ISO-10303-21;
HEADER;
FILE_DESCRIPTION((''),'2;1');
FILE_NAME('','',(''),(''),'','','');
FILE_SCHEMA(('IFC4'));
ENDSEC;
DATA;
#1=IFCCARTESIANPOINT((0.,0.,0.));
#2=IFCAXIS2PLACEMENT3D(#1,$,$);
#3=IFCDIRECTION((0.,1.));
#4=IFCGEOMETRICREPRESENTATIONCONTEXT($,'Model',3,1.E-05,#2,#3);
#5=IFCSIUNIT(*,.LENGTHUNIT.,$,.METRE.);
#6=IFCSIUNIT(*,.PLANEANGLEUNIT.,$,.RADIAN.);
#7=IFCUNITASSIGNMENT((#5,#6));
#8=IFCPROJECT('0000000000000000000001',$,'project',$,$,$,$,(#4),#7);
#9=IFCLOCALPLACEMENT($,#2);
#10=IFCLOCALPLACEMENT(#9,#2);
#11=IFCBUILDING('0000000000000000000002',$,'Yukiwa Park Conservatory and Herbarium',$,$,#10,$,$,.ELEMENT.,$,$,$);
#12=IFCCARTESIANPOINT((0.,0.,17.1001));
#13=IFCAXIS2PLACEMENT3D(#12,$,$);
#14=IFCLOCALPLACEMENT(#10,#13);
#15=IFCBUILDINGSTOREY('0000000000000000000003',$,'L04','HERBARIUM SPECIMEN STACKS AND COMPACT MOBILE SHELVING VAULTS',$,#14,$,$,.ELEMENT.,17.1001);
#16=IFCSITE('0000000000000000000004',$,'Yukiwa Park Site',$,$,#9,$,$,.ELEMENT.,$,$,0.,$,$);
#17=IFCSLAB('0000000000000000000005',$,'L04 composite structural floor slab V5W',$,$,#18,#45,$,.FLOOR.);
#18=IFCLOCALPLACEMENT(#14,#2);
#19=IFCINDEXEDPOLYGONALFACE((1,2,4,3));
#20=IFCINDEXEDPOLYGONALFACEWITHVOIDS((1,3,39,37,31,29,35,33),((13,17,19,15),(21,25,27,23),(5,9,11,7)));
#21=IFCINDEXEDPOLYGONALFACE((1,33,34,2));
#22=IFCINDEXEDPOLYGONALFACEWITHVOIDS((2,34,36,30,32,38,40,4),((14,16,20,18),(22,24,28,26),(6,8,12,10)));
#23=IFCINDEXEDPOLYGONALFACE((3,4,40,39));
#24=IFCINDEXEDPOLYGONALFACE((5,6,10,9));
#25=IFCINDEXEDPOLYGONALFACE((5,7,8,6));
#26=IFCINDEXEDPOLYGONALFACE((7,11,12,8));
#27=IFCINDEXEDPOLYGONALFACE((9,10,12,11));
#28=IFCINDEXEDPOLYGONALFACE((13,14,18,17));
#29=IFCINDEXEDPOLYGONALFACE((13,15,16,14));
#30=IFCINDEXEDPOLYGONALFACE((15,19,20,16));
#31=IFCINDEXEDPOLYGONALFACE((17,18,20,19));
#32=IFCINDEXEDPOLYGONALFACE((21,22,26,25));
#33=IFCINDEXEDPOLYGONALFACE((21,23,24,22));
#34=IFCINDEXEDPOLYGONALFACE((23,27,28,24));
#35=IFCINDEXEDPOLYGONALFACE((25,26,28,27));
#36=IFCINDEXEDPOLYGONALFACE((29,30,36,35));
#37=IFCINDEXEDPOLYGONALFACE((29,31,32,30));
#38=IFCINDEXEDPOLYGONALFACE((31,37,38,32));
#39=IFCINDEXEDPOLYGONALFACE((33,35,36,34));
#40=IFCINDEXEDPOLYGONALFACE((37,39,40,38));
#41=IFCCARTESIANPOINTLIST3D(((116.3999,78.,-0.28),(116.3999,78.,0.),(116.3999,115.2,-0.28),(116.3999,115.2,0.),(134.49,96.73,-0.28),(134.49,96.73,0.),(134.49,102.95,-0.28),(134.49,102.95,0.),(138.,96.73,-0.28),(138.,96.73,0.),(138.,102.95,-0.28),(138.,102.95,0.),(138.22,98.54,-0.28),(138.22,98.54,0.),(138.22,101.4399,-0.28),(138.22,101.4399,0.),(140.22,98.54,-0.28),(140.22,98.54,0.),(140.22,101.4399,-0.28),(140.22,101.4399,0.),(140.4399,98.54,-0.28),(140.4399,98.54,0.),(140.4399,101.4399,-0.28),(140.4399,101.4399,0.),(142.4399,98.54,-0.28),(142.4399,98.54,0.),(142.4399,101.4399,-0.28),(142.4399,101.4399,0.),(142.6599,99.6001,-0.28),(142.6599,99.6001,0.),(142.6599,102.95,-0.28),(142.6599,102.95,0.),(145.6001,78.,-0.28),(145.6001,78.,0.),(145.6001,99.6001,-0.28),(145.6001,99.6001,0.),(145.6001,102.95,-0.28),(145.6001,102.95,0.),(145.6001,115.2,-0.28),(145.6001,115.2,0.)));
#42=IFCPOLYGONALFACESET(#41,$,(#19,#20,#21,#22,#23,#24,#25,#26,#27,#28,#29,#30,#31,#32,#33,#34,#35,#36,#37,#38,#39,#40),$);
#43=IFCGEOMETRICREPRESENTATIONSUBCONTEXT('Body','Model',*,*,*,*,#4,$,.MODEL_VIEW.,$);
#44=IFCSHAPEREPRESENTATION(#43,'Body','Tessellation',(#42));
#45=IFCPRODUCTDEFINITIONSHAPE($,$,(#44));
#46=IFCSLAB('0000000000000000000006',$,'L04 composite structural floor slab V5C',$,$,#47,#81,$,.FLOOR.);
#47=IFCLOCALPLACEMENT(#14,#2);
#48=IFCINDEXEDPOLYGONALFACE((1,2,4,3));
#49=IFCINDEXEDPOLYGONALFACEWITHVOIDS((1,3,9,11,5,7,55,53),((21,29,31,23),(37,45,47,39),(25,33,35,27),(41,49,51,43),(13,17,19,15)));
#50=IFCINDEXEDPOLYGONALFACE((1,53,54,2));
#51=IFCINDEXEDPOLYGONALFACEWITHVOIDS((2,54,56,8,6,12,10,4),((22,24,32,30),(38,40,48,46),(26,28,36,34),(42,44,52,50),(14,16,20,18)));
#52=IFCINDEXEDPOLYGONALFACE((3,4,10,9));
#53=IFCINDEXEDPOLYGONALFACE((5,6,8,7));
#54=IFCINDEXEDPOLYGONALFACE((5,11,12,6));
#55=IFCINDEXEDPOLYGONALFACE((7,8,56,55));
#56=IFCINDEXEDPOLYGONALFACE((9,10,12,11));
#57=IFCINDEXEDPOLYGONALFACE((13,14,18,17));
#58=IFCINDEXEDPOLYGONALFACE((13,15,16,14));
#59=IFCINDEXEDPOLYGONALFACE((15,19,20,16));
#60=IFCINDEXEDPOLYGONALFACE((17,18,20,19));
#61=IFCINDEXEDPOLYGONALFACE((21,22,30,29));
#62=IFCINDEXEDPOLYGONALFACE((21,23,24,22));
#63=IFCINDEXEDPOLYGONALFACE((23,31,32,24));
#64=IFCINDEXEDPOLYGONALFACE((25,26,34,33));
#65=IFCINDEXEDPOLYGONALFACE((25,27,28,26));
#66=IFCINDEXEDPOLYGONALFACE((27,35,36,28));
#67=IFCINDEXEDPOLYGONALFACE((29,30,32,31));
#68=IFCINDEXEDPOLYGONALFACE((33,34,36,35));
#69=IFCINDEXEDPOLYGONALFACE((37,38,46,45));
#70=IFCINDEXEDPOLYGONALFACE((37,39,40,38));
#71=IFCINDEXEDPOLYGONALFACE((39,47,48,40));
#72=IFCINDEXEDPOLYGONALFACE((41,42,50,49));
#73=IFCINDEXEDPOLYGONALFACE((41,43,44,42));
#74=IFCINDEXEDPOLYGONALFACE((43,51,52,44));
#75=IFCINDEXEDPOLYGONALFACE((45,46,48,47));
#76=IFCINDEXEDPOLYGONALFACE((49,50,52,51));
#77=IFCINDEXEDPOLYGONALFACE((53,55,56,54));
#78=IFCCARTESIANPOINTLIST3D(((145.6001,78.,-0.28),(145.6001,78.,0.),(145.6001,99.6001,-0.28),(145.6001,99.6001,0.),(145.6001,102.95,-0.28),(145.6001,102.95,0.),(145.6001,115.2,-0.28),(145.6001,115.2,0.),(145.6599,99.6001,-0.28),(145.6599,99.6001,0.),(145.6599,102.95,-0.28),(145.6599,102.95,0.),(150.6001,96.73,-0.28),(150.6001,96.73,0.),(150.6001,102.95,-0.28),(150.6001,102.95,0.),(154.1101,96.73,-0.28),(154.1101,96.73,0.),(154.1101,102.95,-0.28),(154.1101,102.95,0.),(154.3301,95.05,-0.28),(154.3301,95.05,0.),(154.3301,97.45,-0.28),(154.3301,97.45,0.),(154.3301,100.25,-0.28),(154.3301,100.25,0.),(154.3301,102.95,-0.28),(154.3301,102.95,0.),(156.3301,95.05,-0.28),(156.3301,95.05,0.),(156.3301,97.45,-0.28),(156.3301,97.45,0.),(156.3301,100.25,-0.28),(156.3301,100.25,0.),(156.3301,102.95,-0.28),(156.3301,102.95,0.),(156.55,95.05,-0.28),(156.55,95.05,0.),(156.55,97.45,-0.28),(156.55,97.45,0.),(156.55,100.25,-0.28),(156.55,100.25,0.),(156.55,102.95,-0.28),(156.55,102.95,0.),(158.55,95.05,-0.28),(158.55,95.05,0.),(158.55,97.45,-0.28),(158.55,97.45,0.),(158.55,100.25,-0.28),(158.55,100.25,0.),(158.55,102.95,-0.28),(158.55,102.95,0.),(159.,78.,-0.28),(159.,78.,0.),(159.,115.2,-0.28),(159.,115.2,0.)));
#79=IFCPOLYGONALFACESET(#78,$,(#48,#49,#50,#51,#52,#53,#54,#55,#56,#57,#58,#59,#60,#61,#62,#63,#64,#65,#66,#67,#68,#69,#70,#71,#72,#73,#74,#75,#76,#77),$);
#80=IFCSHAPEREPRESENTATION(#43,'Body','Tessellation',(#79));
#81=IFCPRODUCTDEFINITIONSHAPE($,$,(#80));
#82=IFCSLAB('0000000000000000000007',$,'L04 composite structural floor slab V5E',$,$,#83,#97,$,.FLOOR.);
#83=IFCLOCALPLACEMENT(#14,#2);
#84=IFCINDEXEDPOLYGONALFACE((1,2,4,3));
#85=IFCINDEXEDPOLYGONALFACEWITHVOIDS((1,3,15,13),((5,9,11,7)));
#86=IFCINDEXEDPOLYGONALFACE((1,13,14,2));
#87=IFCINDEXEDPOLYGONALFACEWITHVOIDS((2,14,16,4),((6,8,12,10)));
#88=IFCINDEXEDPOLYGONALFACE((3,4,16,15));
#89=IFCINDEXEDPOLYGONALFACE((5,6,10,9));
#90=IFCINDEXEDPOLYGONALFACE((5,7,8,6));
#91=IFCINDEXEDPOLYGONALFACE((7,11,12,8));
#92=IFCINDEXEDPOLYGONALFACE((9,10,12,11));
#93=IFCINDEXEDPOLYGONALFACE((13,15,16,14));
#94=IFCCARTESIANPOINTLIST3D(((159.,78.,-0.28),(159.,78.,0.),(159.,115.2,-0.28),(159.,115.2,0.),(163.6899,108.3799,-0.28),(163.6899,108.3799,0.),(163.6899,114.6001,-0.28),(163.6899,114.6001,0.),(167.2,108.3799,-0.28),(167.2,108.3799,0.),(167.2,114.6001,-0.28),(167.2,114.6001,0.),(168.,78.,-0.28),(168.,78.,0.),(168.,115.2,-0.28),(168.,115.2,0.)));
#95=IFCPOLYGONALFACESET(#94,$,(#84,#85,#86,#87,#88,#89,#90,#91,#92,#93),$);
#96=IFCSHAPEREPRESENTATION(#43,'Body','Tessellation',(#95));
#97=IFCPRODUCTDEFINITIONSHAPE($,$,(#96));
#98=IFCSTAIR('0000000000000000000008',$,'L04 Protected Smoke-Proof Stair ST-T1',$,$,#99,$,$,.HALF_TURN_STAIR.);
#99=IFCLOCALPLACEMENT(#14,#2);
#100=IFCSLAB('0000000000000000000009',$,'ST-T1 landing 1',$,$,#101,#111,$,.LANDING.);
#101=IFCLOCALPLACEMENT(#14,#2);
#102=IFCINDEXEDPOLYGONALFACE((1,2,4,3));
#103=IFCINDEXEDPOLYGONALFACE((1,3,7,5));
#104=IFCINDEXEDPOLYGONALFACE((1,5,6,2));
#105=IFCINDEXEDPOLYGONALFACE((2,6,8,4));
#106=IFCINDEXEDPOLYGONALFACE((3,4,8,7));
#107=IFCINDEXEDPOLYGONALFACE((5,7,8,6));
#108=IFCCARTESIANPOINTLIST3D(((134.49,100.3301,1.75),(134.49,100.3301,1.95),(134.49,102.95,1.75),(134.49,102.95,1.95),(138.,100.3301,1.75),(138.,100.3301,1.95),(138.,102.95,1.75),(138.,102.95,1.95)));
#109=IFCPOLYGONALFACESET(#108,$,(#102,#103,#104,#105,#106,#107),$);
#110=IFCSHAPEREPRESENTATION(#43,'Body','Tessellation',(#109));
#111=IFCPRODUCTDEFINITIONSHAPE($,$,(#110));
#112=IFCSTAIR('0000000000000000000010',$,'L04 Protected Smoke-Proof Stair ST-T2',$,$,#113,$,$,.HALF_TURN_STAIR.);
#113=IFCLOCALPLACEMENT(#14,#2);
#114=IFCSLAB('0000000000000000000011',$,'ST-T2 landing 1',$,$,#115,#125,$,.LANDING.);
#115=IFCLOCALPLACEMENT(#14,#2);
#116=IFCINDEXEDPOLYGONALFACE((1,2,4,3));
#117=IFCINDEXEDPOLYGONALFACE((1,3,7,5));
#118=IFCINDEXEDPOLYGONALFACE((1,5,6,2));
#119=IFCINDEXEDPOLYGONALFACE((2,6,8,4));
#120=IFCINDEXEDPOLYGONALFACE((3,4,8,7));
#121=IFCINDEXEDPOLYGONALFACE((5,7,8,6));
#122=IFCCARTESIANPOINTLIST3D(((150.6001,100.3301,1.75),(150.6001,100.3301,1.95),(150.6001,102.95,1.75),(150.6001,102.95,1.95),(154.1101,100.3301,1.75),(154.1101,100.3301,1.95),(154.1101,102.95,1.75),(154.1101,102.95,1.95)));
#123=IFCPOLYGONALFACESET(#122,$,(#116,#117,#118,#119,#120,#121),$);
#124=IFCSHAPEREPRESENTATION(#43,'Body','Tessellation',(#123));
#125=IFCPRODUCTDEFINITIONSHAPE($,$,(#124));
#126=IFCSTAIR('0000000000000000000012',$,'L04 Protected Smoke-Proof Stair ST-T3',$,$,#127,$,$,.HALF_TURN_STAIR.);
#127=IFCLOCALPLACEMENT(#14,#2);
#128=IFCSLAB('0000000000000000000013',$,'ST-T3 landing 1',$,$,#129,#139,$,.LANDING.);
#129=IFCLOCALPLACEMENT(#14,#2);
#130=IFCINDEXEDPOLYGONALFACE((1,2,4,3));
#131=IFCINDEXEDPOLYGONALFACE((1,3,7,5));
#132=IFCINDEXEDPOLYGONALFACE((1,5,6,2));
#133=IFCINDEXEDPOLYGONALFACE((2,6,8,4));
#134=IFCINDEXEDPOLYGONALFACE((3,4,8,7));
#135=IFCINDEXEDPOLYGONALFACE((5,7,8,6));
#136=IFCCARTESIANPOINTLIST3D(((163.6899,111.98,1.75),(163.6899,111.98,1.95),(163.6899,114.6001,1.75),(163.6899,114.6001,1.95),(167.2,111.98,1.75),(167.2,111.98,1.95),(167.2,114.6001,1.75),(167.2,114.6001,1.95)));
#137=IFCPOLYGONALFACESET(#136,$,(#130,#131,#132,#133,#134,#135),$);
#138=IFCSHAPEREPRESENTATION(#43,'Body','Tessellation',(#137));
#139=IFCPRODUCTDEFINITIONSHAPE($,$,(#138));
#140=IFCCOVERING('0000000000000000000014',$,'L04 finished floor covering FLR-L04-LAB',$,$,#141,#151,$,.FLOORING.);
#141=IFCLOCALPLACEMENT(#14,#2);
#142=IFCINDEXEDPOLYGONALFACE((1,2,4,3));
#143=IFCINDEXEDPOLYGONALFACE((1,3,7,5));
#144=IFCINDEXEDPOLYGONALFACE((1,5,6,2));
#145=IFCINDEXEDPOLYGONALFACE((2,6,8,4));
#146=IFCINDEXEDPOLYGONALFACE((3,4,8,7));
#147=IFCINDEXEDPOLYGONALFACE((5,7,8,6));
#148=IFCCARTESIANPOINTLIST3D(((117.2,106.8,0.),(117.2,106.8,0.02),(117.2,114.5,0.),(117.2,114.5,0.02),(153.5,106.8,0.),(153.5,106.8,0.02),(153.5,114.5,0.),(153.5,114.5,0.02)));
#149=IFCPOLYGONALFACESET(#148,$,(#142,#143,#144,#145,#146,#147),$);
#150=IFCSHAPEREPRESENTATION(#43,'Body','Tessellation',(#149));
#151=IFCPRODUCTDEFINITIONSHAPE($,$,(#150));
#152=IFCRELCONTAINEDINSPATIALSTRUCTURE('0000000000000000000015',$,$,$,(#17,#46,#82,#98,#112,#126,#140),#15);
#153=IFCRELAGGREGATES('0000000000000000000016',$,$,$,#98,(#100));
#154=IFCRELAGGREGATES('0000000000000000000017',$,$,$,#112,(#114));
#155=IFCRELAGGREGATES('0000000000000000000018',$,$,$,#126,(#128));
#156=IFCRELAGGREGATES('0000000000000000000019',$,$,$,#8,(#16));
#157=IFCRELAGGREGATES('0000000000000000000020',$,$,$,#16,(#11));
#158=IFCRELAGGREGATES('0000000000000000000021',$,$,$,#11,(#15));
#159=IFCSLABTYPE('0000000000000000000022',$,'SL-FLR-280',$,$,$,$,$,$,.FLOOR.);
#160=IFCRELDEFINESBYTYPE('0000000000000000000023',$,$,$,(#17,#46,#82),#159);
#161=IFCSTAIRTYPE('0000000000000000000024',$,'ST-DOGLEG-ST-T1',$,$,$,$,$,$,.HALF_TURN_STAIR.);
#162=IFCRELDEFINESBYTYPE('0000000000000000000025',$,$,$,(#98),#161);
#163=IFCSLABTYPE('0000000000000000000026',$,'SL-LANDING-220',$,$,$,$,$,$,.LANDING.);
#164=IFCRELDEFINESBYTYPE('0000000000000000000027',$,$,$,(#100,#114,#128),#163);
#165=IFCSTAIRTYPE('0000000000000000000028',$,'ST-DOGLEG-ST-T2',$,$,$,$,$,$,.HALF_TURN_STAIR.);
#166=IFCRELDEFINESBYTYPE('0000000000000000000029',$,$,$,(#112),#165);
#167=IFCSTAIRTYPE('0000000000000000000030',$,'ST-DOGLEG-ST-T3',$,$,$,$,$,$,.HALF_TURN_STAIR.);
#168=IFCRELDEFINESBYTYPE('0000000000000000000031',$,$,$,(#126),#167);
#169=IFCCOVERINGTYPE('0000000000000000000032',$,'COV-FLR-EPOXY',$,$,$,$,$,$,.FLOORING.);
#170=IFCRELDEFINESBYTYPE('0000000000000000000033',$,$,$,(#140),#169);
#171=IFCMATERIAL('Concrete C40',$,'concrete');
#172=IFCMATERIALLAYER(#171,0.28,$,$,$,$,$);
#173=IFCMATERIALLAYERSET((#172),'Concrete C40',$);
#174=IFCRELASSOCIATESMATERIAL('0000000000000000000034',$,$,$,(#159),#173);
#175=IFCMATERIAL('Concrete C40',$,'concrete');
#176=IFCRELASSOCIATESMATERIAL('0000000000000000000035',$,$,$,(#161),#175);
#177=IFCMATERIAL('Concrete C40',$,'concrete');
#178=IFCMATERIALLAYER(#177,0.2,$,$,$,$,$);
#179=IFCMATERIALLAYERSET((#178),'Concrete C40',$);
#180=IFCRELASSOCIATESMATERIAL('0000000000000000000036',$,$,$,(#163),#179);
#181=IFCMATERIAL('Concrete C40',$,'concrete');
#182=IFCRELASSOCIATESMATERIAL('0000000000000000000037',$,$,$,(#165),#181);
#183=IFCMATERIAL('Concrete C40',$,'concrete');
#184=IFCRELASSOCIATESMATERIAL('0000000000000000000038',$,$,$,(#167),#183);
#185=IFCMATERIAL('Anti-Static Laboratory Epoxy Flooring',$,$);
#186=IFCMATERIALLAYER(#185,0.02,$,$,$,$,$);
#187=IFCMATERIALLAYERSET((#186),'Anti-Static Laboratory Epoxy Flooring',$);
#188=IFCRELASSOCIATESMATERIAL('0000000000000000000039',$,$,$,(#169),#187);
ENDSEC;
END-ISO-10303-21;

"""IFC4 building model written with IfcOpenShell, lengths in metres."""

from ifc_helpers import new_model, si_unit, direction, frame, origin, place, context, subcontext, project, spatial, polyline, outline, extrude, material, layer, layer_set, type_object, element, aggregate, save


model = new_model("IFC4")

# Units and contexts
model_context = context("Model", 3, precision=1e-05, world=origin(), true_north=direction((0.0, 1.0)))
body_context = subcontext(model_context, "Body", "Model", "MODEL_VIEW")
ifc_project = project(units=[si_unit("LENGTHUNIT", "METRE"), si_unit("PLANEANGLEUNIT", "RADIAN")], contexts=[model_context])

# Site, building, storey
site_placement = place(None, origin())
site = spatial("IfcSite", under=ifc_project, at=site_placement, Name="Yukiwa Park Site", CompositionType="ELEMENT", RefElevation=0.0)
building_placement = place(site_placement, origin())
building = spatial("IfcBuilding", under=site, at=building_placement, Name="Yukiwa Park Conservatory and Herbarium", CompositionType="ELEMENT")
storey_placement = place(building_placement, frame((0.0, 0.0, 17.1001)))
storey = spatial("IfcBuildingStorey", under=building, at=storey_placement, Name="L04", Description="HERBARIUM SPECIMEN STACKS AND COMPACT MOBILE SHELVING VAULTS", CompositionType="ELEMENT", Elevation=17.1001)

# Slabs
ifc_material_1 = material(Name="Concrete C40", Category="concrete")
ifc_layer_1 = layer(ifc_material_1, 0.28)
ifc_layer_set_1 = layer_set([ifc_layer_1], Name="Concrete C40")
slab_type_1 = type_object("IfcSlabType", Name="SL-FLR-280", PredefinedType="FLOOR", material=ifc_layer_set_1)
slab_1_placement = place(storey_placement, frame((0.0, 0.0, -0.28)))
element("IfcSlab", 1, at=slab_1_placement, inside=storey, type_object=slab_type_1, Name="L04 composite structural floor slab V5W", PredefinedType="FLOOR", context=body_context, shape_type="SweptSolid", body=[
    extrude(outline(polyline([(116.3999, 115.2), (145.6001, 115.2), (145.6001, 102.95), (142.6599, 102.95), (142.6599, 99.6001), (145.6001, 99.6001), (145.6001, 78.0), (116.3999, 78.0), (116.3999, 115.2)]), holes=[polyline([(134.49, 102.95), (134.49, 96.73), (138.0, 96.73), (138.0, 102.95), (134.49, 102.95)]), polyline([(140.22, 101.4399), (138.22, 101.4399), (138.22, 98.54), (140.22, 98.54), (140.22, 101.4399)]), polyline([(140.4399, 101.4399), (140.4399, 98.54), (142.4399, 98.54), (142.4399, 101.4399), (140.4399, 101.4399)])]), origin(), (0.0, 0.0, 1.0), 0.28),
])
slab_2_placement = place(storey_placement, frame((0.0, 0.0, -0.28)))
element("IfcSlab", 2, at=slab_2_placement, inside=storey, type_object=slab_type_1, Name="L04 composite structural floor slab V5C", PredefinedType="FLOOR", context=body_context, shape_type="SweptSolid", body=[
    extrude(outline(polyline([(145.6001, 99.6001), (145.6599, 99.6001), (145.6599, 102.95), (145.6001, 102.95), (145.6001, 115.2), (159.0, 115.2), (159.0, 78.0), (145.6001, 78.0), (145.6001, 99.6001)]), holes=[polyline([(154.3301, 97.45), (154.3301, 95.05), (156.3301, 95.05), (156.3301, 97.45), (154.3301, 97.45)]), polyline([(156.55, 97.45), (156.55, 95.05), (158.55, 95.05), (158.55, 97.45), (156.55, 97.45)]), polyline([(154.1101, 102.95), (150.6001, 102.95), (150.6001, 96.73), (154.1101, 96.73), (154.1101, 102.95)]), polyline([(154.3301, 102.95), (154.3301, 100.25), (156.3301, 100.25), (156.3301, 102.95), (154.3301, 102.95)]), polyline([(158.55, 102.95), (156.55, 102.95), (156.55, 100.25), (158.55, 100.25), (158.55, 102.95)])]), origin(), (0.0, 0.0, 1.0), 0.28),
])
slab_3_placement = place(storey_placement, frame((0.0, 0.0, -0.28)))
element("IfcSlab", 3, at=slab_3_placement, inside=storey, type_object=slab_type_1, Name="L04 composite structural floor slab V5E", PredefinedType="FLOOR", context=body_context, shape_type="SweptSolid", body=[
    extrude(outline(polyline([(168.0, 78.0), (159.0, 78.0), (159.0, 115.2), (168.0, 115.2), (168.0, 78.0)]), holes=[polyline([(167.2, 114.6001), (163.6899, 114.6001), (163.6899, 108.3799), (167.2, 108.3799), (167.2, 114.6001)])]), origin(), (0.0, 0.0, 1.0), 0.28),
])

# Stairs, slabs
ifc_material_2 = material(Name="Concrete C40", Category="concrete")
stair_type_1 = type_object("IfcStairType", Name="ST-DOGLEG-ST-T1", PredefinedType="HALF_TURN_STAIR", material=ifc_material_2)
stair_1_placement = place(storey_placement, origin())
stair_1 = element("IfcStair", 4, at=stair_1_placement, inside=storey, type_object=stair_type_1, Name="L04 Protected Smoke-Proof Stair ST-T1", PredefinedType="HALF_TURN_STAIR")
ifc_material_3 = material(Name="Concrete C40", Category="concrete")
ifc_layer_2 = layer(ifc_material_3, 0.2)
ifc_layer_set_2 = layer_set([ifc_layer_2], Name="Concrete C40")
slab_type_2 = type_object("IfcSlabType", Name="SL-LANDING-220", PredefinedType="LANDING", material=ifc_layer_set_2)
slab_4_placement = place(storey_placement, frame((0.0, 0.0, 1.75)))
slab_4 = element("IfcSlab", 5, at=slab_4_placement, type_object=slab_type_2, Name="ST-T1 landing 1", PredefinedType="LANDING", context=body_context, shape_type="SweptSolid", body=[
    extrude(outline(polyline([(138.0, 100.3301), (138.0, 102.95), (134.49, 102.95), (134.49, 100.3301), (138.0, 100.3301)])), origin(), (0.0, 0.0, 1.0), 0.2),
])
aggregate(stair_1, [slab_4])
ifc_material_4 = material(Name="Concrete C40", Category="concrete")
stair_type_2 = type_object("IfcStairType", Name="ST-DOGLEG-ST-T2", PredefinedType="HALF_TURN_STAIR", material=ifc_material_4)
stair_2_placement = place(storey_placement, origin())
stair_2 = element("IfcStair", 6, at=stair_2_placement, inside=storey, type_object=stair_type_2, Name="L04 Protected Smoke-Proof Stair ST-T2", PredefinedType="HALF_TURN_STAIR")
slab_5_placement = place(storey_placement, frame((0.0, 0.0, 1.75)))
slab_5 = element("IfcSlab", 7, at=slab_5_placement, type_object=slab_type_2, Name="ST-T2 landing 1", PredefinedType="LANDING", context=body_context, shape_type="SweptSolid", body=[
    extrude(outline(polyline([(154.1101, 100.3301), (154.1101, 102.95), (150.6001, 102.95), (150.6001, 100.3301), (154.1101, 100.3301)])), origin(), (0.0, 0.0, 1.0), 0.2),
])
aggregate(stair_2, [slab_5])
ifc_material_5 = material(Name="Concrete C40", Category="concrete")
stair_type_3 = type_object("IfcStairType", Name="ST-DOGLEG-ST-T3", PredefinedType="HALF_TURN_STAIR", material=ifc_material_5)
stair_3_placement = place(storey_placement, origin())
stair_3 = element("IfcStair", 8, at=stair_3_placement, inside=storey, type_object=stair_type_3, Name="L04 Protected Smoke-Proof Stair ST-T3", PredefinedType="HALF_TURN_STAIR")
slab_6_placement = place(storey_placement, frame((0.0, 0.0, 1.75)))
slab_6 = element("IfcSlab", 9, at=slab_6_placement, type_object=slab_type_2, Name="ST-T3 landing 1", PredefinedType="LANDING", context=body_context, shape_type="SweptSolid", body=[
    extrude(outline(polyline([(167.2, 111.98), (167.2, 114.6001), (163.6899, 114.6001), (163.6899, 111.98), (167.2, 111.98)])), origin(), (0.0, 0.0, 1.0), 0.2),
])
aggregate(stair_3, [slab_6])

# Covering
ifc_material_6 = material(Name="Anti-Static Laboratory Epoxy Flooring")
ifc_layer_3 = layer(ifc_material_6, 0.02)
ifc_layer_set_3 = layer_set([ifc_layer_3], Name="Anti-Static Laboratory Epoxy Flooring")
covering_type = type_object("IfcCoveringType", Name="COV-FLR-EPOXY", PredefinedType="FLOORING", material=ifc_layer_set_3)
covering_placement = place(storey_placement, origin())
element("IfcCovering", 10, at=covering_placement, inside=storey, type_object=covering_type, Name="L04 finished floor covering FLR-L04-LAB", PredefinedType="FLOORING", context=body_context, shape_type="SweptSolid", body=[
    extrude(outline(polyline([(117.2, 106.8), (153.5, 106.8), (153.5, 114.5), (117.2, 114.5), (117.2, 106.8)])), origin(), (0.0, 0.0, 1.0), 0.02),
])

save(model, "model.ifc")
